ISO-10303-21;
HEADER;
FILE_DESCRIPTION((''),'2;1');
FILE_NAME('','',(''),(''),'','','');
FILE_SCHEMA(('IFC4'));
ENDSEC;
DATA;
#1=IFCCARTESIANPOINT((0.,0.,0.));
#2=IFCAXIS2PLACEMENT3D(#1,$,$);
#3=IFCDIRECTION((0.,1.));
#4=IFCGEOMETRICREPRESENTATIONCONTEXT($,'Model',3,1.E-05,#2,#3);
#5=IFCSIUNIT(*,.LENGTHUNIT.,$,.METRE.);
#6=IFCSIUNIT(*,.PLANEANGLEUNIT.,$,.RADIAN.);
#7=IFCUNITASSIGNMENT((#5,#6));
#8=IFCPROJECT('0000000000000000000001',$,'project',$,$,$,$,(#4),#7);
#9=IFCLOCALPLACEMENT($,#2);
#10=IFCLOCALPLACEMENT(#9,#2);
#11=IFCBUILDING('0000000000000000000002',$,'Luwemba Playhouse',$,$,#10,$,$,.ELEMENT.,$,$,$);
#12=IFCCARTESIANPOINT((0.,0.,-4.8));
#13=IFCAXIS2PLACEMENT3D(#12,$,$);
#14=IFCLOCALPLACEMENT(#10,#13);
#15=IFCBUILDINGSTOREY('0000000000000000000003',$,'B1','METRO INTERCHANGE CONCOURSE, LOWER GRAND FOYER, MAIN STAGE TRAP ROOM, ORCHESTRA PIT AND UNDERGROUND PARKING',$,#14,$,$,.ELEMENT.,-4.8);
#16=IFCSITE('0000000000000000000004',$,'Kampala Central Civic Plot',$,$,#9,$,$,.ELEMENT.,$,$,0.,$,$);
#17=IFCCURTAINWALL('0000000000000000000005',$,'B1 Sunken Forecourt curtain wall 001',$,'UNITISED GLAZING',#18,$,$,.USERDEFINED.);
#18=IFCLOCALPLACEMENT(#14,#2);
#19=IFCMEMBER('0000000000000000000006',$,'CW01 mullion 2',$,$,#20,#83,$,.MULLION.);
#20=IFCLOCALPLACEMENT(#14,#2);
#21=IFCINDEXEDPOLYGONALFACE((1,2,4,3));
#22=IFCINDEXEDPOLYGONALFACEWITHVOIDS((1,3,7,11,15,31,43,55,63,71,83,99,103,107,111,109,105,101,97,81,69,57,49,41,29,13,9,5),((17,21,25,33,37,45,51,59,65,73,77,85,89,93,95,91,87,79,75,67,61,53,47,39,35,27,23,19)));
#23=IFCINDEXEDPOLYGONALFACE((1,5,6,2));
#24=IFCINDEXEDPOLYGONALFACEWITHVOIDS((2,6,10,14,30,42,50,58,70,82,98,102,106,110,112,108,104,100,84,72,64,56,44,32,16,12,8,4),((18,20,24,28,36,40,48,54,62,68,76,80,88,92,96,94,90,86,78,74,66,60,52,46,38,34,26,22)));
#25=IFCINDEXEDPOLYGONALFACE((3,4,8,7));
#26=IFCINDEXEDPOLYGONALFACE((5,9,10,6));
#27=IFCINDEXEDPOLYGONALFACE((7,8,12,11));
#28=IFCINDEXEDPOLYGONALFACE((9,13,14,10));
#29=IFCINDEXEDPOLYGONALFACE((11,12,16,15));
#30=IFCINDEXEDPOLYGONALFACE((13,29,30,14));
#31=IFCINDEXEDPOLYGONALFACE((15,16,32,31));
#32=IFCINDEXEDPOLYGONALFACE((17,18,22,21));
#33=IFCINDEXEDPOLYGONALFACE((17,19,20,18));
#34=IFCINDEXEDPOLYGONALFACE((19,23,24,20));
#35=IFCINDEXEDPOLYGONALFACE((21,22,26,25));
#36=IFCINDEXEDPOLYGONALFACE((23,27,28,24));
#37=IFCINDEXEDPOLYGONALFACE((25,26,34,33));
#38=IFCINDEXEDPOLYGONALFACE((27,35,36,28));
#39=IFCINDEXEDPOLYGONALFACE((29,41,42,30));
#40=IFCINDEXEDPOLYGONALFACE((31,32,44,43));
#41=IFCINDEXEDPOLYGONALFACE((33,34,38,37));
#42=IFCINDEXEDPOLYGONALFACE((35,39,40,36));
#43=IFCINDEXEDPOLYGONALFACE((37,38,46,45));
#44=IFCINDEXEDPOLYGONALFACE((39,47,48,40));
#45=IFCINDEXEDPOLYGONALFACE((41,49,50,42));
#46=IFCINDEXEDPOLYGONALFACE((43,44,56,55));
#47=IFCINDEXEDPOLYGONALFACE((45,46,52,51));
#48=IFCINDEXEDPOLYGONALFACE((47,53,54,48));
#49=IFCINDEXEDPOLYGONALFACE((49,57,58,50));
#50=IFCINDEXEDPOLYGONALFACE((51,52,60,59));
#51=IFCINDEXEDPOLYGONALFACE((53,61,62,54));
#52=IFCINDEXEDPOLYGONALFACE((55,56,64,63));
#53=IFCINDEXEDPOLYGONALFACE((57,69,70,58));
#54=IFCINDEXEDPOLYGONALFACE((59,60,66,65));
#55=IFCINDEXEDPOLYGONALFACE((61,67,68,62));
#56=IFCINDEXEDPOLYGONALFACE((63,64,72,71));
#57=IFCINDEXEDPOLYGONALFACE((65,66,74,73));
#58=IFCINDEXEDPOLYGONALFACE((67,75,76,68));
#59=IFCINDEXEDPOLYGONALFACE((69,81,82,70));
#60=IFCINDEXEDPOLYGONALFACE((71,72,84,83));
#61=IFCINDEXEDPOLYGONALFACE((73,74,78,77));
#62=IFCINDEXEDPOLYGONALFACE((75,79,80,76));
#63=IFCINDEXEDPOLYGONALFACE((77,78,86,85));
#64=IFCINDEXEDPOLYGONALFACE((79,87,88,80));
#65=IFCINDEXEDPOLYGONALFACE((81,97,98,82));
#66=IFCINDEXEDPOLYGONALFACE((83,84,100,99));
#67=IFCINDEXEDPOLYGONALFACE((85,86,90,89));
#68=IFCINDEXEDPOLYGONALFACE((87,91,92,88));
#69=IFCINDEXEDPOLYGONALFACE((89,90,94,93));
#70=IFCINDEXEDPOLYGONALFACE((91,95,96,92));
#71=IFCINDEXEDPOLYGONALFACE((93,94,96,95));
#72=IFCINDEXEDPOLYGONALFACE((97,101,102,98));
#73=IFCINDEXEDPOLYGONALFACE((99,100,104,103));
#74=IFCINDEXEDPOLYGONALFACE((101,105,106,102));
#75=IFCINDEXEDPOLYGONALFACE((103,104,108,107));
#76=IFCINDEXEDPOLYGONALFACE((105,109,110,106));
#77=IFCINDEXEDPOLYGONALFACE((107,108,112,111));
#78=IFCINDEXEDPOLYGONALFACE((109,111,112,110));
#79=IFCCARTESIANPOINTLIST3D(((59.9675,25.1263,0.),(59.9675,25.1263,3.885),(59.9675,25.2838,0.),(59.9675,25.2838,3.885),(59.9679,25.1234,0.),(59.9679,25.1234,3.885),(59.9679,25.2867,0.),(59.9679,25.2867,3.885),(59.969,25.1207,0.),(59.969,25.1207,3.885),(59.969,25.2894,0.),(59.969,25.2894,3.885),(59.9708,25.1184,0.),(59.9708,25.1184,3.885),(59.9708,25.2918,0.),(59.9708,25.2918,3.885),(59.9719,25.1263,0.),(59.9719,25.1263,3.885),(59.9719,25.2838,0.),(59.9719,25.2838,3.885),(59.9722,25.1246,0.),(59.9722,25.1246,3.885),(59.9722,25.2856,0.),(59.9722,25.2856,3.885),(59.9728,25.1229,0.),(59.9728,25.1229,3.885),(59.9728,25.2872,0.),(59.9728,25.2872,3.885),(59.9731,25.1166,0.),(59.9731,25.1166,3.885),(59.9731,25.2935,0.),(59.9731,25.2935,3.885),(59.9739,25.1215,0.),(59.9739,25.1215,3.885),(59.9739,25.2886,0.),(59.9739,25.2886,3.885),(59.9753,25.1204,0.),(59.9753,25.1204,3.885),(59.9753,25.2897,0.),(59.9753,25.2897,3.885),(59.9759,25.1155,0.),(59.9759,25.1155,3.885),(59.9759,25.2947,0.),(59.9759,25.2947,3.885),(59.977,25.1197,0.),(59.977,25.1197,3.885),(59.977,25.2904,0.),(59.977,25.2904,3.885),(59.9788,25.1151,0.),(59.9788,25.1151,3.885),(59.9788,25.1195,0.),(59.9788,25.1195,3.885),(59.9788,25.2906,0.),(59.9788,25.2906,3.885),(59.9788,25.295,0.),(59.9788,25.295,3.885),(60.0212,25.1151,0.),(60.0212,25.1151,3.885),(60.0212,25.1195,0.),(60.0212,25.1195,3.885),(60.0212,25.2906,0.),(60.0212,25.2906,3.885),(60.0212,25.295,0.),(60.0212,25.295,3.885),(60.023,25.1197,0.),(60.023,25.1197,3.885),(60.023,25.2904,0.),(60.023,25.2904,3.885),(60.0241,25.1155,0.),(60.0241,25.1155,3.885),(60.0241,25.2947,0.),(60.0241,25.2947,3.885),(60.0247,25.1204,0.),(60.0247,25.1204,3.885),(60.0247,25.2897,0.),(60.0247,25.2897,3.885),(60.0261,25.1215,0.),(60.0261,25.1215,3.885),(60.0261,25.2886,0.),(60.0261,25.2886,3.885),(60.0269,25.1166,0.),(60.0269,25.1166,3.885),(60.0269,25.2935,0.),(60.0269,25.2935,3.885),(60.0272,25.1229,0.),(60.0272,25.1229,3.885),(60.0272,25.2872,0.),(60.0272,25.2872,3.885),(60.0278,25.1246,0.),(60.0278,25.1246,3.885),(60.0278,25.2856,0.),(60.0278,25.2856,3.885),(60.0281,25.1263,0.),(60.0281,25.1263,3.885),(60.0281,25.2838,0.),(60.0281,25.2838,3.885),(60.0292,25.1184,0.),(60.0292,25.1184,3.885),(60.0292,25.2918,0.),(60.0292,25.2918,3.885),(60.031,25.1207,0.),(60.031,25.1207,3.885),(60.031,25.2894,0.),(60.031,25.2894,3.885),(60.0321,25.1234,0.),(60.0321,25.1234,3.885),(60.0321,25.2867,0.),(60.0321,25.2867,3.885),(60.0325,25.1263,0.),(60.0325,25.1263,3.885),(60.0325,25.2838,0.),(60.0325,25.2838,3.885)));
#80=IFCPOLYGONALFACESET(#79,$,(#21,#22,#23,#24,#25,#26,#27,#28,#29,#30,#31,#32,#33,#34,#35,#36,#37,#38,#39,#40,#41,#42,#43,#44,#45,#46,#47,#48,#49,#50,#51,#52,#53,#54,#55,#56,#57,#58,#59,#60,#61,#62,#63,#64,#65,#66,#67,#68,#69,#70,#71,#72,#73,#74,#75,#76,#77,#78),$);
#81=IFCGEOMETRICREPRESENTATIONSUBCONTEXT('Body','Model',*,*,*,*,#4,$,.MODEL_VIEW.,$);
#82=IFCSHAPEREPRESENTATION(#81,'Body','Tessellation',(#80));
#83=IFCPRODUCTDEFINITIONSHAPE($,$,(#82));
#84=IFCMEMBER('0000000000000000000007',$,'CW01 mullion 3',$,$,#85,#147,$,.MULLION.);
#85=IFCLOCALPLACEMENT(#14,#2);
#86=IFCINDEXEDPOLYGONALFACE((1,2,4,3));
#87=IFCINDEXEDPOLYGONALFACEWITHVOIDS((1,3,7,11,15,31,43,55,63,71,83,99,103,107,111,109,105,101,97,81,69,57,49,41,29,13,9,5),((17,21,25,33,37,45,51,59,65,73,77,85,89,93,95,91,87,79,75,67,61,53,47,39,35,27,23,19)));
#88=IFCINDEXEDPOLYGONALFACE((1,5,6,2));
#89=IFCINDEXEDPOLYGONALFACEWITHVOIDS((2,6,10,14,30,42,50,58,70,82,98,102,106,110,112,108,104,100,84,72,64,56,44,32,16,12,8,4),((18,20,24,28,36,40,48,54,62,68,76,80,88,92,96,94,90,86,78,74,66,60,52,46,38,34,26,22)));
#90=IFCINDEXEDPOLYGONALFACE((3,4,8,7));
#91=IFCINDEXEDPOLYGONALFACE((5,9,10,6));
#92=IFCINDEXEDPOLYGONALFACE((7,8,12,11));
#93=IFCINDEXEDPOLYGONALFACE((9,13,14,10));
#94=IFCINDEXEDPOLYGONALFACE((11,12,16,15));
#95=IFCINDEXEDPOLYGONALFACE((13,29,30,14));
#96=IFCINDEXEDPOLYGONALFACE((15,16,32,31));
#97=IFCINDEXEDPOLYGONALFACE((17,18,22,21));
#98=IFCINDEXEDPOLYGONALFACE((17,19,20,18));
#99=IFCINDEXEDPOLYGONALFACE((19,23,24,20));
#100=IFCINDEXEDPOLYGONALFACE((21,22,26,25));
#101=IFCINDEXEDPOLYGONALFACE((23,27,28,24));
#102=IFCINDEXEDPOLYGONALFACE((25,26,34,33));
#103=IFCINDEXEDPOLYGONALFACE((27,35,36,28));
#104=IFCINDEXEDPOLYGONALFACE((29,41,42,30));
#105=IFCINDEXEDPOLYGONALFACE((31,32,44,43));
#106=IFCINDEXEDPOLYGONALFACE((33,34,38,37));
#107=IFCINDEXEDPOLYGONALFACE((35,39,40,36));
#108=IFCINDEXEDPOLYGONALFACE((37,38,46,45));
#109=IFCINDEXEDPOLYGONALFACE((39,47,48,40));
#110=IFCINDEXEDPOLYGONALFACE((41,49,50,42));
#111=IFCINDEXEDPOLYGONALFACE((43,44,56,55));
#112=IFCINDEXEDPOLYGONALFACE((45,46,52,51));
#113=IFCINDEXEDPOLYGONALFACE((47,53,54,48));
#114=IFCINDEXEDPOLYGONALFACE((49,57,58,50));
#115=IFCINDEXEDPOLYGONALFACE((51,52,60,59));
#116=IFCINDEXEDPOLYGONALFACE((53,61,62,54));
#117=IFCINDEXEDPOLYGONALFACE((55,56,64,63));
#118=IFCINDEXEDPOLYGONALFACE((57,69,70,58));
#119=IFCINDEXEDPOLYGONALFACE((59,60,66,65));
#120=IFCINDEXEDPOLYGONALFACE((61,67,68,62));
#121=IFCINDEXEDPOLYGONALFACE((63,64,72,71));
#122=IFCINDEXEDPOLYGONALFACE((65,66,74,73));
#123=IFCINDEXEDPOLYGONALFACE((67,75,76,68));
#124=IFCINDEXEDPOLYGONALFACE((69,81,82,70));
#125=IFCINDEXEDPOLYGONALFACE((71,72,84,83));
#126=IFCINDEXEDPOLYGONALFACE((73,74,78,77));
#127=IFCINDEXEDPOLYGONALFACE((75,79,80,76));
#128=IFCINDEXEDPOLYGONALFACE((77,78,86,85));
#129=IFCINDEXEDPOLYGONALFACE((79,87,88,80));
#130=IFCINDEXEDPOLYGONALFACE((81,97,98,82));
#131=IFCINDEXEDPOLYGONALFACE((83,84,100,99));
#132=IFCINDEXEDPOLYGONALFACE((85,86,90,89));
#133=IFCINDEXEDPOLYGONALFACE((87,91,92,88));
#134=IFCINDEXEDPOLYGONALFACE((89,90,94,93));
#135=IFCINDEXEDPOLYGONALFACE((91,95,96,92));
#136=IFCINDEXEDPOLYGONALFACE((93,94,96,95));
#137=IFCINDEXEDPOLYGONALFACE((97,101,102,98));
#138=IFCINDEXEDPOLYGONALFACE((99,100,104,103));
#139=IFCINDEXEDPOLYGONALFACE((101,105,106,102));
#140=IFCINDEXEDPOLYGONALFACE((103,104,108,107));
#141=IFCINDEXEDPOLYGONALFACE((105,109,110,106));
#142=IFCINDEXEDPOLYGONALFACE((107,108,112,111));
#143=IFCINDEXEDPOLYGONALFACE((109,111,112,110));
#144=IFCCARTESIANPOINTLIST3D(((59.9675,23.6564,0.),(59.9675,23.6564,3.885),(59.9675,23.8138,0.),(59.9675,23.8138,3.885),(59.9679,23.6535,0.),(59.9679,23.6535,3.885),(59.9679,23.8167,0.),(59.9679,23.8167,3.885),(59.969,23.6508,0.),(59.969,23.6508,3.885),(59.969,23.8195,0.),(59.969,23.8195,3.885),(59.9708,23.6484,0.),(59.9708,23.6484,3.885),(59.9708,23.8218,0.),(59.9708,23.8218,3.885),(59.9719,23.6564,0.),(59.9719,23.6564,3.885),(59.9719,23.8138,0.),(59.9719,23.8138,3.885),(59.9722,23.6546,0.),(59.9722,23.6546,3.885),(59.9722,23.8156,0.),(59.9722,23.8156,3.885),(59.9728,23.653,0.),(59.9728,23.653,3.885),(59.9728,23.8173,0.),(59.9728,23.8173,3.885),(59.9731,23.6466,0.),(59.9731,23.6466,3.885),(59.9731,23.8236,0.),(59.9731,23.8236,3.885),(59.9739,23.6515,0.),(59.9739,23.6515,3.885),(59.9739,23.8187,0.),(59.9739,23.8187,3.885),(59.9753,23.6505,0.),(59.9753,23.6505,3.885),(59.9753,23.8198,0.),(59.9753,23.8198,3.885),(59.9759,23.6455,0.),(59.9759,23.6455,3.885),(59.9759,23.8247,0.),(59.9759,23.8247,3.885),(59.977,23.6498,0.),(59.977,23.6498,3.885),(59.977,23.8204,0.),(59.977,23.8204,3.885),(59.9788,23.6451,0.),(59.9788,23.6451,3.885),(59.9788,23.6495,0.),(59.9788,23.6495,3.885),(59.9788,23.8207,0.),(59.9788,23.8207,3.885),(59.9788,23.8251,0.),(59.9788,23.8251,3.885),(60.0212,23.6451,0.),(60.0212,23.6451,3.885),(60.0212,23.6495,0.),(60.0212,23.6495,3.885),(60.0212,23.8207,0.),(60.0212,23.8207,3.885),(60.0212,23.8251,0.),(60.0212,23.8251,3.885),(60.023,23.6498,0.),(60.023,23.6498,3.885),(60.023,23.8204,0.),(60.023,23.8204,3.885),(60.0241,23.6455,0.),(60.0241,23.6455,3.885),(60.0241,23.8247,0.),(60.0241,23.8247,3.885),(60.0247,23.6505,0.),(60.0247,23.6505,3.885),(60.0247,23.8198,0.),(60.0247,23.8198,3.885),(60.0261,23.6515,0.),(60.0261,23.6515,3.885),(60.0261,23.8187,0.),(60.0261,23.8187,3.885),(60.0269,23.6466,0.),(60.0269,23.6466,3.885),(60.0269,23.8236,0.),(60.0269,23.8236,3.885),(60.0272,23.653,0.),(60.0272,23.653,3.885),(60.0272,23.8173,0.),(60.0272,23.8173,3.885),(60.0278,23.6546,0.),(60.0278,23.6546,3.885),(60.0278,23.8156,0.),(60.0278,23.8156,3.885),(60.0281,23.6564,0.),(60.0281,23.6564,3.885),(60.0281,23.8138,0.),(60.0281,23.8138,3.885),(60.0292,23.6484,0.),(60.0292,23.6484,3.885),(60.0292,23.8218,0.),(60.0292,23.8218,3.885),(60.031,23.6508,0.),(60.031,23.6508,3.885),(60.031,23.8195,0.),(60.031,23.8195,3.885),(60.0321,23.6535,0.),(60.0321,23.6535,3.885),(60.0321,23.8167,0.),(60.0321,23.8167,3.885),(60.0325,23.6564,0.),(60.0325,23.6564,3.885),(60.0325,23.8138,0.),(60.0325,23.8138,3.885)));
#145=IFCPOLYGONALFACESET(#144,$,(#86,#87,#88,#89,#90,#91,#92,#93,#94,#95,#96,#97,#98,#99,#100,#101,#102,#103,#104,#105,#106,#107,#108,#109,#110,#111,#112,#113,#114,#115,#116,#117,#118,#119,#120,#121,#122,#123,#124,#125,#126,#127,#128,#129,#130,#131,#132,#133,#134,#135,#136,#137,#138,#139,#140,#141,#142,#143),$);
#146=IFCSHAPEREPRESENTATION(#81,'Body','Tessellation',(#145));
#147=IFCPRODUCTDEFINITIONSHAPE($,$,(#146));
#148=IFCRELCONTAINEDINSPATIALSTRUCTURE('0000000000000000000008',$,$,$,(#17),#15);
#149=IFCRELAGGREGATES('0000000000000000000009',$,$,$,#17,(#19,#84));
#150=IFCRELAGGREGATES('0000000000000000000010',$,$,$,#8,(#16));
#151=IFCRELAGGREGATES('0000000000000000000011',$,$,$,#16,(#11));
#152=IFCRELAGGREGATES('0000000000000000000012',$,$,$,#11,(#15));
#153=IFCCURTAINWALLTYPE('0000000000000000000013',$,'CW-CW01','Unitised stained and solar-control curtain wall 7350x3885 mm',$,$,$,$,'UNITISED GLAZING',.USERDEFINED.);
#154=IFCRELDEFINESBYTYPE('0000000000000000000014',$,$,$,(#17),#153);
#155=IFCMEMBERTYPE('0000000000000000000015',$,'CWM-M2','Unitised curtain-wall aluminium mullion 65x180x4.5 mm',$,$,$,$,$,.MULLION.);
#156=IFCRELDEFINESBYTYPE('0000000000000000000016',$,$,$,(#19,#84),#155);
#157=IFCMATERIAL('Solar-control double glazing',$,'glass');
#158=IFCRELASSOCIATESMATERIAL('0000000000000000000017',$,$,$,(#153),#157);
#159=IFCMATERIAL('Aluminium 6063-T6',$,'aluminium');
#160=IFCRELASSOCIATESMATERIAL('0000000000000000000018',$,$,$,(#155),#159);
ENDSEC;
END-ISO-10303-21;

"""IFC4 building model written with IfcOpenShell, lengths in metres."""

from ifc_helpers import new_model, si_unit, direction, frame, origin, origin_2d, place, context, subcontext, project, spatial, hollow_rectangle, extrude, material, material_profile, profile_set, type_object, element, aggregate, save


model = new_model("IFC4")

# Units and contexts
model_context = context("Model", 3, precision=1e-05, world=origin(), true_north=direction((0.0, 1.0)))
body_context = subcontext(model_context, "Body", "Model", "MODEL_VIEW")
ifc_project = project(units=[si_unit("LENGTHUNIT", "METRE"), si_unit("PLANEANGLEUNIT", "RADIAN")], contexts=[model_context])

# Site, building, storey
site_placement = place(None, origin())
site = spatial("IfcSite", under=ifc_project, at=site_placement, Name="Kampala Central Civic Plot", CompositionType="ELEMENT", RefElevation=0.0)
building_placement = place(site_placement, origin())
building = spatial("IfcBuilding", under=site, at=building_placement, Name="Luwemba Playhouse", CompositionType="ELEMENT")
storey_placement = place(building_placement, frame((0.0, 0.0, -4.8)))
storey = spatial("IfcBuildingStorey", under=building, at=storey_placement, Name="B1", Description="METRO INTERCHANGE CONCOURSE, LOWER GRAND FOYER, MAIN STAGE TRAP ROOM, ORCHESTRA PIT AND UNDERGROUND PARKING", CompositionType="ELEMENT", Elevation=-4.8)

# Curtain wall, members
ifc_material_1 = material(Name="Solar-control double glazing", Category="glass")
curtain_wall_type = type_object("IfcCurtainWallType", Name="CW-CW01", Description="Unitised stained and solar-control curtain wall 7350x3885 mm", ElementType="UNITISED GLAZING", PredefinedType="USERDEFINED", material=ifc_material_1)
curtain_wall_placement = place(storey_placement, origin())
curtain_wall = element("IfcCurtainWall", 1, at=curtain_wall_placement, inside=storey, type_object=curtain_wall_type, Name="B1 Sunken Forecourt curtain wall 001", ObjectType="UNITISED GLAZING", PredefinedType="USERDEFINED")
ifc_material_2 = material(Name="Aluminium 6063-T6", Category="aluminium")
ifc_material_profile_1 = material_profile(ifc_material_2, hollow_rectangle(XDim=0.0649, YDim=0.1799, WallThickness=0.0044, InnerFilletRadius=0.0068, OuterFilletRadius=0.0112, at=origin_2d()))
ifc_profile_set_1 = profile_set([ifc_material_profile_1], Name="Aluminium 6063-T6")
member_type_1 = type_object("IfcMemberType", Name="CWM-M2", Description="Unitised curtain-wall aluminium mullion 65x180x4.5 mm", PredefinedType="MULLION", material=ifc_profile_set_1)
member_1_placement = place(storey_placement, frame((60.0, 25.2051, 0.0), z_axis=(0.0, 0.0, 1.0), x_axis=(1.0, 0.0, 0.0)))
member_1 = element("IfcMember", 2, at=member_1_placement, type_object=member_type_1, Name="CW01 mullion 2", PredefinedType="MULLION", context=body_context, shape_type="SweptSolid", body=[
    extrude(hollow_rectangle(XDim=0.0649, YDim=0.1799, WallThickness=0.0044, InnerFilletRadius=0.0068, OuterFilletRadius=0.0112, at=origin_2d()), origin(), (0.0, 0.0, 1.0), 3.885),
])
member_2_placement = place(storey_placement, frame((60.0, 23.7351, 0.0), z_axis=(0.0, 0.0, 1.0), x_axis=(1.0, 0.0, 0.0)))
member_2 = element("IfcMember", 3, at=member_2_placement, type_object=member_type_1, Name="CW01 mullion 3", PredefinedType="MULLION", context=body_context, shape_type="SweptSolid", body=[
    extrude(hollow_rectangle(XDim=0.0649, YDim=0.1799, WallThickness=0.0044, InnerFilletRadius=0.0068, OuterFilletRadius=0.0112, at=origin_2d()), origin(), (0.0, 0.0, 1.0), 3.885),
])
aggregate(curtain_wall, [member_1, member_2])

save(model, "model.ifc")
